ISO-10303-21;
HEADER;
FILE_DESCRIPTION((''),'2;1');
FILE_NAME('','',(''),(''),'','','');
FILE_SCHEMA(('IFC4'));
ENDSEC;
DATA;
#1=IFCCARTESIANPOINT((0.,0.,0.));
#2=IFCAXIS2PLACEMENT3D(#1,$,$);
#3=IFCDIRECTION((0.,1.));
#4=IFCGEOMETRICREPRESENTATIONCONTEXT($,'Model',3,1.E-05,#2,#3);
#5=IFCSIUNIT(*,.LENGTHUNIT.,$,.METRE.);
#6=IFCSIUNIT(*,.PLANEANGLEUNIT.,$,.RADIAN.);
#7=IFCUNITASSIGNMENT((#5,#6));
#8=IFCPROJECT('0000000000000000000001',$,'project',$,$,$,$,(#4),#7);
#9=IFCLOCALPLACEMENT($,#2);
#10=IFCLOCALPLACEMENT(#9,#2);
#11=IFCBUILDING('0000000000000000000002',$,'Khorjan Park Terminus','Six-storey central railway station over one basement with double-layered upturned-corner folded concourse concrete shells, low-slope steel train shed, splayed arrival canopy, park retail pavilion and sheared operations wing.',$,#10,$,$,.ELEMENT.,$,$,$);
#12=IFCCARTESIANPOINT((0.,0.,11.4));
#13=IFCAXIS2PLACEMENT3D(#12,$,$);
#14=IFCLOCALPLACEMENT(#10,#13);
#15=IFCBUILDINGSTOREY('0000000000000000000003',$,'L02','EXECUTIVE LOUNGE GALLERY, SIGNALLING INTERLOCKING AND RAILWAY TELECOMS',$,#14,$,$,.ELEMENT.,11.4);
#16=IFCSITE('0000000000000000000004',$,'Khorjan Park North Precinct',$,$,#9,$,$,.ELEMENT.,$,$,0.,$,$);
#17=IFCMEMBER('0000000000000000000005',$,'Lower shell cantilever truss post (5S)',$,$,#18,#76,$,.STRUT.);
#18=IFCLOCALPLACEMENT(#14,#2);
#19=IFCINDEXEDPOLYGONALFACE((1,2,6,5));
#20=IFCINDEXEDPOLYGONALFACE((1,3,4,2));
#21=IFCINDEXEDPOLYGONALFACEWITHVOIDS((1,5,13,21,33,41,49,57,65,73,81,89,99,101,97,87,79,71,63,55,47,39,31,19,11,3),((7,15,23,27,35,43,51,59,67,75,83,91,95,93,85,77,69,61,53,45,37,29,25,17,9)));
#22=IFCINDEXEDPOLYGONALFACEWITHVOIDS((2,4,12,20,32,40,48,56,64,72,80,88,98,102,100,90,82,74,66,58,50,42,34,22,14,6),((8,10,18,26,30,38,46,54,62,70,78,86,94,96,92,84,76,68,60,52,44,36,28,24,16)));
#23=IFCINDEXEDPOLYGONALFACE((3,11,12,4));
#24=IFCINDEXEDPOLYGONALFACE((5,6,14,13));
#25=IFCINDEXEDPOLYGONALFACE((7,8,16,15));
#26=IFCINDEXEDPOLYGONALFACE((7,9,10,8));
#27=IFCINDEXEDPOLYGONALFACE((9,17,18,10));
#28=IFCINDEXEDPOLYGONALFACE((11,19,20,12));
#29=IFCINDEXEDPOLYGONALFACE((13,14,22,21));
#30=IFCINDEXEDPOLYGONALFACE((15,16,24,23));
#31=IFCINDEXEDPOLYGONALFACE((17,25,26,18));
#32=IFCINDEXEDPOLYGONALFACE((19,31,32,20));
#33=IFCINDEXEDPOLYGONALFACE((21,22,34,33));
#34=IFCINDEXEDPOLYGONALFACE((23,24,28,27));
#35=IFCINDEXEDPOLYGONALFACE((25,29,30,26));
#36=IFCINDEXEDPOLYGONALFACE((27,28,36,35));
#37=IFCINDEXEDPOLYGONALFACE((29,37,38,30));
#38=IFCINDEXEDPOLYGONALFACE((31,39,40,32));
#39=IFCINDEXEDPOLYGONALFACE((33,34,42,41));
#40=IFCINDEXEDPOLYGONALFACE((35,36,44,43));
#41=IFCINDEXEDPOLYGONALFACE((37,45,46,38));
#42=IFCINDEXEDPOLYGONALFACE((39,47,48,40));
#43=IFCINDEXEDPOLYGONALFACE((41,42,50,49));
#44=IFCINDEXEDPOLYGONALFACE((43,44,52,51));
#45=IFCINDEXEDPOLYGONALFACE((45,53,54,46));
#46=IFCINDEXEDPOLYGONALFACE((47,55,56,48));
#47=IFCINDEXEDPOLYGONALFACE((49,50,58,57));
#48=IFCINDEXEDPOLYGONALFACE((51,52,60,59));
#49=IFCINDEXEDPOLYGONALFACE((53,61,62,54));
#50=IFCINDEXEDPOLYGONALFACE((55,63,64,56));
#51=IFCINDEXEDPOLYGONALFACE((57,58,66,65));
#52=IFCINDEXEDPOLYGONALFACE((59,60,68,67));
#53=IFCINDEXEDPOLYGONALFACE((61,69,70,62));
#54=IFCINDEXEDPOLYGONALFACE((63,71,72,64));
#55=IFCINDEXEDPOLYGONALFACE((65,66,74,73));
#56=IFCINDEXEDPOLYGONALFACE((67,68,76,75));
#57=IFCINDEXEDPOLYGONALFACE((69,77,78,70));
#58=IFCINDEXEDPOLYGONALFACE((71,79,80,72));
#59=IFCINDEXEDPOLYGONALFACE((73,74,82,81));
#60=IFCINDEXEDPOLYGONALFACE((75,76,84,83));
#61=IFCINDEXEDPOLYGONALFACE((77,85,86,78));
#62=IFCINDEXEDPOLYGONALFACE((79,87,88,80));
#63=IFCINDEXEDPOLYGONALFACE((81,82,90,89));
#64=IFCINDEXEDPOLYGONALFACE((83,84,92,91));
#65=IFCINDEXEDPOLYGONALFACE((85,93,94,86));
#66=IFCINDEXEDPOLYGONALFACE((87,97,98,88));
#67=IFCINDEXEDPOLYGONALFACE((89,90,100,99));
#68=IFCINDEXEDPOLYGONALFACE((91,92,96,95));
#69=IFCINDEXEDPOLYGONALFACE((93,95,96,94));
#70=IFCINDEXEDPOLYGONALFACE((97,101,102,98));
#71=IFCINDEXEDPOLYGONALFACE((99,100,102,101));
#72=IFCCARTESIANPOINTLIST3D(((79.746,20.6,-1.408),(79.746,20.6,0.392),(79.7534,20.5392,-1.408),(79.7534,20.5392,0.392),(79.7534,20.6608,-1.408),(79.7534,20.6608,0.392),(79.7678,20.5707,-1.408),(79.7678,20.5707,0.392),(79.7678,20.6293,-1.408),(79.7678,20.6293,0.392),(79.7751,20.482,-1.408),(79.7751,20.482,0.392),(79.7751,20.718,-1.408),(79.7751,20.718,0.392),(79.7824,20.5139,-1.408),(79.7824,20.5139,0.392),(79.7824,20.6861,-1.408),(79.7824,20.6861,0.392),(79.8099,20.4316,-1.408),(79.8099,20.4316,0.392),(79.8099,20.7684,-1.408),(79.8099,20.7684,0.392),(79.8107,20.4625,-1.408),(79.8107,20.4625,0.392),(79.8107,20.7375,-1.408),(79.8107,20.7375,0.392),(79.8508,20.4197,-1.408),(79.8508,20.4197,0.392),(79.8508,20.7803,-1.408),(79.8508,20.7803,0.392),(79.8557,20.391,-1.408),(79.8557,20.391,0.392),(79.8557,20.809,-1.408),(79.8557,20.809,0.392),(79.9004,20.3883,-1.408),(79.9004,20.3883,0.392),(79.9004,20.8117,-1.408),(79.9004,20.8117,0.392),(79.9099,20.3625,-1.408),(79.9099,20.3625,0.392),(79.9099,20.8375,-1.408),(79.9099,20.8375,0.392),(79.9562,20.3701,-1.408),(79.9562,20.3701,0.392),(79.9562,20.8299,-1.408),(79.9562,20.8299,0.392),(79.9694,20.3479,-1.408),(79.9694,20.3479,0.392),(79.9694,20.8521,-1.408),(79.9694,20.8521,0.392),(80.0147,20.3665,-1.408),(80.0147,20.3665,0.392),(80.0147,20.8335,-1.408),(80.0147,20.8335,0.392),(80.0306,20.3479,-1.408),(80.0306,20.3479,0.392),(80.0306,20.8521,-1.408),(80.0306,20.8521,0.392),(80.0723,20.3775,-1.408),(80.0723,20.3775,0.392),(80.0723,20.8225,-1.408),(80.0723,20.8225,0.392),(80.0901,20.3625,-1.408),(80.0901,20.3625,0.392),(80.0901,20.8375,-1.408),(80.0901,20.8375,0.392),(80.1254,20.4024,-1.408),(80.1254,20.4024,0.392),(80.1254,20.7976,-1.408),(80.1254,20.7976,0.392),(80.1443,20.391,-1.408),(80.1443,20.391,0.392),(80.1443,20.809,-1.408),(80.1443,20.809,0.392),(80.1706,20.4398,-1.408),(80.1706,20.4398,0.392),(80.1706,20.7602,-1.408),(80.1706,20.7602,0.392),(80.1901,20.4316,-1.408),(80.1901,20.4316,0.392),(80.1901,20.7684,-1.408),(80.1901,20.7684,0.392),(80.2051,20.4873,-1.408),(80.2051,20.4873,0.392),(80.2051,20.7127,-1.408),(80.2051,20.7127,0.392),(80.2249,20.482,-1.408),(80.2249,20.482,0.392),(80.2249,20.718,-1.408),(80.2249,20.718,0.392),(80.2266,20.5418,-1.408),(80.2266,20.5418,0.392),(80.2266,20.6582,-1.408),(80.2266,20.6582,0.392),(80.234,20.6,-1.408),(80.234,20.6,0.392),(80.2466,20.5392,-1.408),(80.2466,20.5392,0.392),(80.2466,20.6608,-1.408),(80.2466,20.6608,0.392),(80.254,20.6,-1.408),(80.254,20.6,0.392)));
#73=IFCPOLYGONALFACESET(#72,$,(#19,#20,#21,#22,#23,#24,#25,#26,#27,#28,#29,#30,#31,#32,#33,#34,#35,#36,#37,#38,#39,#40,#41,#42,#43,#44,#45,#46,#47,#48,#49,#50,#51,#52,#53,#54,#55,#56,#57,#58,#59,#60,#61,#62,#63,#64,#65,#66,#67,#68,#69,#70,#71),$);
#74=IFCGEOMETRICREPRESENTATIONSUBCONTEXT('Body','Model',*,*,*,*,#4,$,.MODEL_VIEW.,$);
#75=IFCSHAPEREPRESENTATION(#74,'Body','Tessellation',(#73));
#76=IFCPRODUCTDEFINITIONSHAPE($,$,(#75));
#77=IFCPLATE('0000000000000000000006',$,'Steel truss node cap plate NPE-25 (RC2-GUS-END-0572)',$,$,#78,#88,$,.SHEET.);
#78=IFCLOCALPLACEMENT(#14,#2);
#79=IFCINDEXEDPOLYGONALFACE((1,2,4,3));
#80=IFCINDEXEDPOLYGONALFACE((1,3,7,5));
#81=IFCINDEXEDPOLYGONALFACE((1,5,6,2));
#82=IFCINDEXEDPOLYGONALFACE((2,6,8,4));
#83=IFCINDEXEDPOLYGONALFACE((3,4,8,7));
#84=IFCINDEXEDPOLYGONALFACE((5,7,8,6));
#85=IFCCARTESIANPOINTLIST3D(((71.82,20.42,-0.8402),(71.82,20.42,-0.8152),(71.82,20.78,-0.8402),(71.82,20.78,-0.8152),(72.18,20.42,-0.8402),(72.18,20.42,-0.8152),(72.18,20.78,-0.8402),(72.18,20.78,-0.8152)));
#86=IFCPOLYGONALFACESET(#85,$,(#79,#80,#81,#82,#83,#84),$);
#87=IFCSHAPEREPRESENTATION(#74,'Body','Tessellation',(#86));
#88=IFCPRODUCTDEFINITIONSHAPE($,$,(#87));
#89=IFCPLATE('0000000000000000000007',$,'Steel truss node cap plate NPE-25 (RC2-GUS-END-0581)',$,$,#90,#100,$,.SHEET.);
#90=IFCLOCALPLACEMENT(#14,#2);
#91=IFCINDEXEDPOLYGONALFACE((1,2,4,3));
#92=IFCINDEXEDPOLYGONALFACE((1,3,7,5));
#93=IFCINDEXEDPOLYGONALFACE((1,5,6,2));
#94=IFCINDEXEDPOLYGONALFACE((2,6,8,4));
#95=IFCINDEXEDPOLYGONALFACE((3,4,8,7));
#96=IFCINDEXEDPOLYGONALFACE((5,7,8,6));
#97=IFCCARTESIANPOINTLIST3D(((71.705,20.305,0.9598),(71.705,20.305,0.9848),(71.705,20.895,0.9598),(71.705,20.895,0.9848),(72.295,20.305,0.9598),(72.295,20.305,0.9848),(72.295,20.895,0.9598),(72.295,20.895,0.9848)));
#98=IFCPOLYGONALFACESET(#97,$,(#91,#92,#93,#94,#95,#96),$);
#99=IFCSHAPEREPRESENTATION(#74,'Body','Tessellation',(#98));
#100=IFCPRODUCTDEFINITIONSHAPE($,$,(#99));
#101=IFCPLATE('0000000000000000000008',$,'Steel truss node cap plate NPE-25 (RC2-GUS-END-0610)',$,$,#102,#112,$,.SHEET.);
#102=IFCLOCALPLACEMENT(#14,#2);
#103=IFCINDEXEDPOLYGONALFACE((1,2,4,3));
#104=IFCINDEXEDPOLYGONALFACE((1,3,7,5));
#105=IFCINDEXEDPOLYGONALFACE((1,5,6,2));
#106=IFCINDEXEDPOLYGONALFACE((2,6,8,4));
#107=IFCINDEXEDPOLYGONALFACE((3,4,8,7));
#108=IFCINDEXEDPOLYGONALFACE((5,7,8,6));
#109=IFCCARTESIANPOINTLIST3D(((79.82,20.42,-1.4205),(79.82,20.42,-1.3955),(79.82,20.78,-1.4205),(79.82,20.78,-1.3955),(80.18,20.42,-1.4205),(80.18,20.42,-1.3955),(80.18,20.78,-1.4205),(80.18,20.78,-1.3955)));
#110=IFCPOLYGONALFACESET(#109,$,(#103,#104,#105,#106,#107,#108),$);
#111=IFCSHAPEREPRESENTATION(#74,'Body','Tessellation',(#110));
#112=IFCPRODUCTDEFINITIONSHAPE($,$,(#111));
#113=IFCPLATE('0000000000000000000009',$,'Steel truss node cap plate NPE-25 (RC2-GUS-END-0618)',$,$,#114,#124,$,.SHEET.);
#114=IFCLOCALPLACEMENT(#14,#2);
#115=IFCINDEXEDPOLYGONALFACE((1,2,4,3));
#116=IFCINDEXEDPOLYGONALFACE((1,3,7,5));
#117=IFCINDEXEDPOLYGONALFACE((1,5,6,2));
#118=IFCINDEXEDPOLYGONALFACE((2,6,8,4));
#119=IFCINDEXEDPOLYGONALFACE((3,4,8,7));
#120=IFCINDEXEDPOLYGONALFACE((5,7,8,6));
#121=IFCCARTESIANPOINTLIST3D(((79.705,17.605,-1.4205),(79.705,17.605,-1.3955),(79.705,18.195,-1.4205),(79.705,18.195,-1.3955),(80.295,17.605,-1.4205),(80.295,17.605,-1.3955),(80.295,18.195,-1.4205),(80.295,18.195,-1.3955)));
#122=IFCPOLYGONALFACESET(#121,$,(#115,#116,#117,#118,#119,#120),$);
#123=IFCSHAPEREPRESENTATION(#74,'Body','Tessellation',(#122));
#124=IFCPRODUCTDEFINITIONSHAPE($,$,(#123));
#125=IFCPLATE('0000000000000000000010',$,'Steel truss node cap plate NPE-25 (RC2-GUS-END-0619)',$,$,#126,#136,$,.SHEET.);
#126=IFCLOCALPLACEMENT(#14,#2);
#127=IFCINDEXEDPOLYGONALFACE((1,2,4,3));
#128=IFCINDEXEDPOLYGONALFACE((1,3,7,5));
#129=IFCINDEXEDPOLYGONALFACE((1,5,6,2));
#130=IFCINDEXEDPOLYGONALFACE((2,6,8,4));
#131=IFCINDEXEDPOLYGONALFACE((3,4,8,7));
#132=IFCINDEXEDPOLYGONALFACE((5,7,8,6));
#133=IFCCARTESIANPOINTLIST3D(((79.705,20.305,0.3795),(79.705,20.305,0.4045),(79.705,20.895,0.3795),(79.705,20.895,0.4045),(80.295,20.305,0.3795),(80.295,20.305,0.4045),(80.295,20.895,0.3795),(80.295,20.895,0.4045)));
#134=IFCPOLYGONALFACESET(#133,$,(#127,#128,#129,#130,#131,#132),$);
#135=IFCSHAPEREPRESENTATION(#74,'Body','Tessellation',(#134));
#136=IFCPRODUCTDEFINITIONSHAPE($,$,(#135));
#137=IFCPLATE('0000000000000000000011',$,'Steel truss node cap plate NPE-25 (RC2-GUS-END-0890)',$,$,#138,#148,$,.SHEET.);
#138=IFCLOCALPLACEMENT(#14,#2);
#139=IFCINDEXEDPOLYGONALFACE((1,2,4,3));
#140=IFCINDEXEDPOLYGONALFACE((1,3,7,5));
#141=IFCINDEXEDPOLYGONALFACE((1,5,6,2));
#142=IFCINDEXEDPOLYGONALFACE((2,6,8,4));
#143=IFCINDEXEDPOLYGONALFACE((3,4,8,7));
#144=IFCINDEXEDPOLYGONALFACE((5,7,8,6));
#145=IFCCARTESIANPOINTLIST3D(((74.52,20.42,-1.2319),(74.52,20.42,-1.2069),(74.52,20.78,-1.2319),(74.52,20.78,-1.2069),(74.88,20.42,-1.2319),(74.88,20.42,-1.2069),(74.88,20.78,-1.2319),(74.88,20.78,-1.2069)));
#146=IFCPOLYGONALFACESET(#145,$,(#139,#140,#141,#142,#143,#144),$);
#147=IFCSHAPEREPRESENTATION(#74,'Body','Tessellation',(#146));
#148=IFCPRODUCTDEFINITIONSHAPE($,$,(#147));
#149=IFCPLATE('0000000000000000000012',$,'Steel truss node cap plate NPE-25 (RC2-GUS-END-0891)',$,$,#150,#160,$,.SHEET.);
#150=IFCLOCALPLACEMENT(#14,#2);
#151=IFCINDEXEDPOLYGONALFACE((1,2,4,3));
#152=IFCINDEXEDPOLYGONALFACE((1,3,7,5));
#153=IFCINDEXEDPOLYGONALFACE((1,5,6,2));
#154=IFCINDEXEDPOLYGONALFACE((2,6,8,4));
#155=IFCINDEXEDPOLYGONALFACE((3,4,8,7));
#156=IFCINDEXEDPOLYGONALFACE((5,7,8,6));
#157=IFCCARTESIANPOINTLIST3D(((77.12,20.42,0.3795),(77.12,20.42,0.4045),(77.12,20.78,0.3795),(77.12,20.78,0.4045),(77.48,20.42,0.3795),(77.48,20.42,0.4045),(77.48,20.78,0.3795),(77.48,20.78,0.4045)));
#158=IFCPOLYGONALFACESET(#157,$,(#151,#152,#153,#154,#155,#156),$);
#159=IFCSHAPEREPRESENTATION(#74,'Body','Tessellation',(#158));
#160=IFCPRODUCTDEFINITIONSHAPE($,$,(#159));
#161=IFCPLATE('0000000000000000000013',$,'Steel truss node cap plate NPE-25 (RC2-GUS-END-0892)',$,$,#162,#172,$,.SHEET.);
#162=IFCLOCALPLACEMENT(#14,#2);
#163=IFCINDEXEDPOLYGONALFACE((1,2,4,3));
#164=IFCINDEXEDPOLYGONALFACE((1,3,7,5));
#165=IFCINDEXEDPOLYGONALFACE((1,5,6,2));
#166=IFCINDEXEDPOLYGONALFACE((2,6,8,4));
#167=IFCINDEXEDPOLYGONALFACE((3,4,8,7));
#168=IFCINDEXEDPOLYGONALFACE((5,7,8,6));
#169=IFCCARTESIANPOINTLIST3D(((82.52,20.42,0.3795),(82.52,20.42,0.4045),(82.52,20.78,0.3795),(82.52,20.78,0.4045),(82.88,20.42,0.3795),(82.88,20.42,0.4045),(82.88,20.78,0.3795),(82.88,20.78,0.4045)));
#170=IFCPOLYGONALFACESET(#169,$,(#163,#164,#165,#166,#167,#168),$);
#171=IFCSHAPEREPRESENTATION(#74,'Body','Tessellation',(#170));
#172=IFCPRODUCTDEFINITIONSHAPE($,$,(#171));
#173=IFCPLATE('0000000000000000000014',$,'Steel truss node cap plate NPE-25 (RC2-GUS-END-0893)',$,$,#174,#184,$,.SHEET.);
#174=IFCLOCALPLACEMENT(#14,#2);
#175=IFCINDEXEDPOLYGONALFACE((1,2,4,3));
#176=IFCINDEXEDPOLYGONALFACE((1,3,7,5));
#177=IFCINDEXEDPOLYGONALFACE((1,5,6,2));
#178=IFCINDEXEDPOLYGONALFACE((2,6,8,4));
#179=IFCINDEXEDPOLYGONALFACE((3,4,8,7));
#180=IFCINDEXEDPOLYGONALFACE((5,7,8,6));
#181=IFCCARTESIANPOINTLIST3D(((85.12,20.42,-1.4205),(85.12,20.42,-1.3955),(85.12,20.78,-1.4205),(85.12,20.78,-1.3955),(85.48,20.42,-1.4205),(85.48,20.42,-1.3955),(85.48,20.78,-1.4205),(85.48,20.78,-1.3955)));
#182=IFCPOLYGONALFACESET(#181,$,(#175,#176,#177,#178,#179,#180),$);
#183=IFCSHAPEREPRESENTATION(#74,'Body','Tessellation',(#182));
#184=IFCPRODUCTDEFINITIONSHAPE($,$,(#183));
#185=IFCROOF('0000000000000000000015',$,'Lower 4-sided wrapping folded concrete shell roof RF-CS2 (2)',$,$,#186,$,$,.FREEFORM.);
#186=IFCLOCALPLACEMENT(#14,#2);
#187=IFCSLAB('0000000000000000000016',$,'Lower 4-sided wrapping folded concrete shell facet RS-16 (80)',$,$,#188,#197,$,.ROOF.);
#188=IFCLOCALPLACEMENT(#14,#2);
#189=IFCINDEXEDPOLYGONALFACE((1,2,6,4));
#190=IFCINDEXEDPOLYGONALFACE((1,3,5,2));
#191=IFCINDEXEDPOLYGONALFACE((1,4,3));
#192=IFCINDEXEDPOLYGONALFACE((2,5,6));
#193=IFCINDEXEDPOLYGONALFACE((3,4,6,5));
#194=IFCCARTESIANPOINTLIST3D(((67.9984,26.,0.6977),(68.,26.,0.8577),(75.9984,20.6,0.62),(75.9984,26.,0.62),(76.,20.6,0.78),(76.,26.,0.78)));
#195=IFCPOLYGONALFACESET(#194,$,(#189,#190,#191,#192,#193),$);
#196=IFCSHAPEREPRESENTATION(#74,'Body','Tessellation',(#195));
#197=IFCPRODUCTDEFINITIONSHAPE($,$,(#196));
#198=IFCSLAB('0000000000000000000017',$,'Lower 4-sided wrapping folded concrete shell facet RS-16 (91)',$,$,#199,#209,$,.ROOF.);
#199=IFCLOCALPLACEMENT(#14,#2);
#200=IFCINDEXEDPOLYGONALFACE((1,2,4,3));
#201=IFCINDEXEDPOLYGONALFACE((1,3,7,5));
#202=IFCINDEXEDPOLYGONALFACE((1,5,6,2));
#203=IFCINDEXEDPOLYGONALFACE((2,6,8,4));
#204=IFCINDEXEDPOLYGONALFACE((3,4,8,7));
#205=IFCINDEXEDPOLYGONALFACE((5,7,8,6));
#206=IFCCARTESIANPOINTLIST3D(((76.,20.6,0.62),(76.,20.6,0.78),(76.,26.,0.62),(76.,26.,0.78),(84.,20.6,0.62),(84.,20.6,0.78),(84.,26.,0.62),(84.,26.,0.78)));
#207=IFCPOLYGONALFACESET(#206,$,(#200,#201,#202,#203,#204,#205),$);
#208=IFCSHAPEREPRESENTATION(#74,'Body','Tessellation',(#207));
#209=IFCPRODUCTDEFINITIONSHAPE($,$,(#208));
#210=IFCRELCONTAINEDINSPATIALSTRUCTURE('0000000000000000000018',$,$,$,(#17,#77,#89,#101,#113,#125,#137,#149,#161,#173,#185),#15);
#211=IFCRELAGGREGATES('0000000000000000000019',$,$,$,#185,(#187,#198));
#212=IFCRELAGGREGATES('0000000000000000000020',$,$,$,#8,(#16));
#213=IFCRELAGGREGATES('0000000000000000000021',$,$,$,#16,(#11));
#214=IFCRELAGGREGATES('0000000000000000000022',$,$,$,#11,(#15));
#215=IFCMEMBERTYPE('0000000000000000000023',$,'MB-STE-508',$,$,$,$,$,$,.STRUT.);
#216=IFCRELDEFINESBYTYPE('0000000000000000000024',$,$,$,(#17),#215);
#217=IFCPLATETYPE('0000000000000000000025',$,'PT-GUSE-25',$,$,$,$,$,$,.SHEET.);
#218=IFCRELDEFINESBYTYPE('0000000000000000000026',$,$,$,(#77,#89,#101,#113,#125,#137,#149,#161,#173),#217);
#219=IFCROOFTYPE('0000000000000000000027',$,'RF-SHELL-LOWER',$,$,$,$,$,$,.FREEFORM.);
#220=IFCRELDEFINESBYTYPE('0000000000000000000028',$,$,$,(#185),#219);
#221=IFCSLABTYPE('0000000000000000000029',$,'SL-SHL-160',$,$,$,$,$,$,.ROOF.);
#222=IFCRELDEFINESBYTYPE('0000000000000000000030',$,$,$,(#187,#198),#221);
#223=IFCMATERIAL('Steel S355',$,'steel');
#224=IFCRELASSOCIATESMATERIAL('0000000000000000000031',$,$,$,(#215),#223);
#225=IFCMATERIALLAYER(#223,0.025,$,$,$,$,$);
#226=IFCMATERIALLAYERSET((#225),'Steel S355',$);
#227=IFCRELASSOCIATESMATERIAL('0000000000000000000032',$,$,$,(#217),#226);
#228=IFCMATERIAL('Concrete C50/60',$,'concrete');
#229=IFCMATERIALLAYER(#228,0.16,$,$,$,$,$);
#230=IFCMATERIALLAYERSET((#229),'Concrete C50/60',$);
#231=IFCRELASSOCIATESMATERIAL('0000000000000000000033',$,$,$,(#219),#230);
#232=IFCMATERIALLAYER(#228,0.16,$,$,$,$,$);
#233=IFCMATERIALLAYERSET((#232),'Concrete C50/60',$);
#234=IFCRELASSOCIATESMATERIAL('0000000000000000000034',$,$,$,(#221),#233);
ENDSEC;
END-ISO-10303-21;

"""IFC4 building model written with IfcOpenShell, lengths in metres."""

from ifc_helpers import new_model, si_unit, direction, frame, origin, origin_2d, place, context, subcontext, project, spatial, polyline, rectangle, hollow_circle, outline, extrude, material, layer, layer_set, material_profile, profile_set, type_object, element, aggregate, save


model = new_model("IFC4")

# Units and contexts
model_context = context("Model", 3, precision=1e-05, world=origin(), true_north=direction((0.0, 1.0)))
body_context = subcontext(model_context, "Body", "Model", "MODEL_VIEW")
ifc_project = project(units=[si_unit("LENGTHUNIT", "METRE"), si_unit("PLANEANGLEUNIT", "RADIAN")], contexts=[model_context])

# Site, building, storey
site_placement = place(None, origin())
site = spatial("IfcSite", under=ifc_project, at=site_placement, Name="Khorjan Park North Precinct", CompositionType="ELEMENT", RefElevation=0.0)
building_placement = place(site_placement, origin())
building = spatial("IfcBuilding", under=site, at=building_placement, Name="Khorjan Park Terminus", Description="Six-storey central railway station over one basement with double-layered upturned-corner folded concourse concrete shells, low-slope steel train shed, splayed arrival canopy, park retail pavilion and sheared operations wing.", CompositionType="ELEMENT")
storey_placement = place(building_placement, frame((0.0, 0.0, 11.4)))
storey = spatial("IfcBuildingStorey", under=building, at=storey_placement, Name="L02", Description="EXECUTIVE LOUNGE GALLERY, SIGNALLING INTERLOCKING AND RAILWAY TELECOMS", CompositionType="ELEMENT", Elevation=11.4)

# Member
ifc_material_1 = material(Name="Steel S355", Category="steel")
ifc_material_profile_1 = material_profile(ifc_material_1, hollow_circle(Radius=0.254, WallThickness=0.02, at=origin_2d()), Name="CHS 508x20")
ifc_profile_set_1 = profile_set([ifc_material_profile_1], Name="Steel S355")
member_type_1 = type_object("IfcMemberType", Name="MB-STE-508", PredefinedType="STRUT", material=ifc_profile_set_1)
for number, where, z_axis, x_axis, name in (
    (1, (80.0, 20.6, -1.408), (0.0, 0.0, 1.0), (1.0, 0.0, 0.0), "Lower shell cantilever truss post (5S)"),
):
    element("IfcMember", number, at=place(storey_placement, frame(where, z_axis=z_axis, x_axis=x_axis)), inside=storey, type_object=member_type_1, Name=name, PredefinedType="STRUT", context=body_context, shape_type="SweptSolid", body=[
        extrude(hollow_circle(Radius=0.254, WallThickness=0.02, at=origin_2d()), origin(), (0.0, 0.0, 1.0), 1.8),
    ])

# Plates
ifc_layer_1 = layer(ifc_material_1, 0.025)
ifc_layer_set_1 = layer_set([ifc_layer_1], Name="Steel S355")
plate_type = type_object("IfcPlateType", Name="PT-GUSE-25", PredefinedType="SHEET", material=ifc_layer_set_1)
plate_1_placement = place(storey_placement, frame((72.0, 20.6, -0.8402), z_axis=(0.0, 0.0, 1.0), x_axis=(1.0, 0.0, 0.0)))
element("IfcPlate", 2, at=plate_1_placement, inside=storey, type_object=plate_type, Name="Steel truss node cap plate NPE-25 (RC2-GUS-END-0572)", PredefinedType="SHEET", context=body_context, shape_type="SweptSolid", body=[
    extrude(rectangle(XDim=0.36, YDim=0.36, at=origin_2d()), origin(), (0.0, 0.0, 1.0), 0.025),
])
plate_2_placement = place(storey_placement, frame((72.0, 20.6, 0.9598), z_axis=(0.0, 0.0, 1.0), x_axis=(1.0, 0.0, 0.0)))
element("IfcPlate", 3, at=plate_2_placement, inside=storey, type_object=plate_type, Name="Steel truss node cap plate NPE-25 (RC2-GUS-END-0581)", PredefinedType="SHEET", context=body_context, shape_type="SweptSolid", body=[
    extrude(rectangle(XDim=0.59, YDim=0.59, at=origin_2d()), origin(), (0.0, 0.0, 1.0), 0.025),
])
plate_3_placement = place(storey_placement, frame((80.0, 20.6, -1.4205), z_axis=(0.0, 0.0, 1.0), x_axis=(1.0, 0.0, 0.0)))
element("IfcPlate", 4, at=plate_3_placement, inside=storey, type_object=plate_type, Name="Steel truss node cap plate NPE-25 (RC2-GUS-END-0610)", PredefinedType="SHEET", context=body_context, shape_type="SweptSolid", body=[
    extrude(rectangle(XDim=0.36, YDim=0.36, at=origin_2d()), origin(), (0.0, 0.0, 1.0), 0.025),
])
for number, where, z_axis, x_axis, name in (
    (5, (80.0, 17.9, -1.4205), (0.0, 0.0, 1.0), (1.0, 0.0, 0.0), "Steel truss node cap plate NPE-25 (RC2-GUS-END-0618)"),
    (6, (80.0, 20.6, 0.3795), (0.0, 0.0, 1.0), (1.0, 0.0, 0.0), "Steel truss node cap plate NPE-25 (RC2-GUS-END-0619)"),
):
    element("IfcPlate", number, at=place(storey_placement, frame(where, z_axis=z_axis, x_axis=x_axis)), inside=storey, type_object=plate_type, Name=name, PredefinedType="SHEET", context=body_context, shape_type="SweptSolid", body=[
        extrude(rectangle(XDim=0.59, YDim=0.59, at=origin_2d()), origin(), (0.0, 0.0, 1.0), 0.025),
    ])
for number, where, z_axis, x_axis, name in (
    (7, (74.7, 20.6, -1.2319), (0.0, 0.0, 1.0), (1.0, 0.0, 0.0), "Steel truss node cap plate NPE-25 (RC2-GUS-END-0890)"),
    (8, (77.3, 20.6, 0.3795), (0.0, 0.0, 1.0), (1.0, 0.0, 0.0), "Steel truss node cap plate NPE-25 (RC2-GUS-END-0891)"),
    (9, (82.7, 20.6, 0.3795), (0.0, 0.0, 1.0), (1.0, 0.0, 0.0), "Steel truss node cap plate NPE-25 (RC2-GUS-END-0892)"),
    (10, (85.3, 20.6, -1.4205), (0.0, 0.0, 1.0), (1.0, 0.0, 0.0), "Steel truss node cap plate NPE-25 (RC2-GUS-END-0893)"),
):
    element("IfcPlate", number, at=place(storey_placement, frame(where, z_axis=z_axis, x_axis=x_axis)), inside=storey, type_object=plate_type, Name=name, PredefinedType="SHEET", context=body_context, shape_type="SweptSolid", body=[
        extrude(rectangle(XDim=0.36, YDim=0.36, at=origin_2d()), origin(), (0.0, 0.0, 1.0), 0.025),
    ])

# Roof, slabs
ifc_material_2 = material(Name="Concrete C50/60", Category="concrete")
ifc_layer_2 = layer(ifc_material_2, 0.16)
ifc_layer_set_2 = layer_set([ifc_layer_2], Name="Concrete C50/60")
roof_type = type_object("IfcRoofType", Name="RF-SHELL-LOWER", PredefinedType="FREEFORM", material=ifc_layer_set_2)
roof_placement = place(storey_placement, origin())
roof = element("IfcRoof", 11, at=roof_placement, inside=storey, type_object=roof_type, Name="Lower 4-sided wrapping folded concrete shell roof RF-CS2 (2)", PredefinedType="FREEFORM")
ifc_layer_3 = layer(ifc_material_2, 0.16)
ifc_layer_set_3 = layer_set([ifc_layer_3], Name="Concrete C50/60")
slab_type = type_object("IfcSlabType", Name="SL-SHL-160", PredefinedType="ROOF", material=ifc_layer_set_3)
slab_1_placement = place(storey_placement, frame((76.0, 20.6, 0.78), z_axis=(0.009712, 0.0, 0.999953), x_axis=(0.0, 1.0, 0.0)))
slab_1 = element("IfcSlab", 12, at=slab_1_placement, type_object=slab_type, Name="Lower 4-sided wrapping folded concrete shell facet RS-16 (80)", PredefinedType="ROOF", context=body_context, shape_type="SweptSolid", body=[
    extrude(outline(polyline([(0.0, 0.0), (5.4, 0.0), (5.4, 8.0004), (0.0, 0.0)])), origin(), (0.0, 0.0, -1.0), 0.16),
])
slab_2_placement = place(storey_placement, frame((76.0, 20.6, 0.78), z_axis=(0.0, 0.0, 1.0), x_axis=(1.0, 0.0, 0.0)))
slab_2 = element("IfcSlab", 13, at=slab_2_placement, type_object=slab_type, Name="Lower 4-sided wrapping folded concrete shell facet RS-16 (91)", PredefinedType="ROOF", context=body_context, shape_type="SweptSolid", body=[
    extrude(outline(polyline([(0.0, 0.0), (8.0, 0.0), (8.0, 5.4), (0.0, 5.4), (0.0, 0.0)])), origin(), (0.0, 0.0, -1.0), 0.16),
])
aggregate(roof, [slab_1, slab_2])

save(model, "model.ifc")
